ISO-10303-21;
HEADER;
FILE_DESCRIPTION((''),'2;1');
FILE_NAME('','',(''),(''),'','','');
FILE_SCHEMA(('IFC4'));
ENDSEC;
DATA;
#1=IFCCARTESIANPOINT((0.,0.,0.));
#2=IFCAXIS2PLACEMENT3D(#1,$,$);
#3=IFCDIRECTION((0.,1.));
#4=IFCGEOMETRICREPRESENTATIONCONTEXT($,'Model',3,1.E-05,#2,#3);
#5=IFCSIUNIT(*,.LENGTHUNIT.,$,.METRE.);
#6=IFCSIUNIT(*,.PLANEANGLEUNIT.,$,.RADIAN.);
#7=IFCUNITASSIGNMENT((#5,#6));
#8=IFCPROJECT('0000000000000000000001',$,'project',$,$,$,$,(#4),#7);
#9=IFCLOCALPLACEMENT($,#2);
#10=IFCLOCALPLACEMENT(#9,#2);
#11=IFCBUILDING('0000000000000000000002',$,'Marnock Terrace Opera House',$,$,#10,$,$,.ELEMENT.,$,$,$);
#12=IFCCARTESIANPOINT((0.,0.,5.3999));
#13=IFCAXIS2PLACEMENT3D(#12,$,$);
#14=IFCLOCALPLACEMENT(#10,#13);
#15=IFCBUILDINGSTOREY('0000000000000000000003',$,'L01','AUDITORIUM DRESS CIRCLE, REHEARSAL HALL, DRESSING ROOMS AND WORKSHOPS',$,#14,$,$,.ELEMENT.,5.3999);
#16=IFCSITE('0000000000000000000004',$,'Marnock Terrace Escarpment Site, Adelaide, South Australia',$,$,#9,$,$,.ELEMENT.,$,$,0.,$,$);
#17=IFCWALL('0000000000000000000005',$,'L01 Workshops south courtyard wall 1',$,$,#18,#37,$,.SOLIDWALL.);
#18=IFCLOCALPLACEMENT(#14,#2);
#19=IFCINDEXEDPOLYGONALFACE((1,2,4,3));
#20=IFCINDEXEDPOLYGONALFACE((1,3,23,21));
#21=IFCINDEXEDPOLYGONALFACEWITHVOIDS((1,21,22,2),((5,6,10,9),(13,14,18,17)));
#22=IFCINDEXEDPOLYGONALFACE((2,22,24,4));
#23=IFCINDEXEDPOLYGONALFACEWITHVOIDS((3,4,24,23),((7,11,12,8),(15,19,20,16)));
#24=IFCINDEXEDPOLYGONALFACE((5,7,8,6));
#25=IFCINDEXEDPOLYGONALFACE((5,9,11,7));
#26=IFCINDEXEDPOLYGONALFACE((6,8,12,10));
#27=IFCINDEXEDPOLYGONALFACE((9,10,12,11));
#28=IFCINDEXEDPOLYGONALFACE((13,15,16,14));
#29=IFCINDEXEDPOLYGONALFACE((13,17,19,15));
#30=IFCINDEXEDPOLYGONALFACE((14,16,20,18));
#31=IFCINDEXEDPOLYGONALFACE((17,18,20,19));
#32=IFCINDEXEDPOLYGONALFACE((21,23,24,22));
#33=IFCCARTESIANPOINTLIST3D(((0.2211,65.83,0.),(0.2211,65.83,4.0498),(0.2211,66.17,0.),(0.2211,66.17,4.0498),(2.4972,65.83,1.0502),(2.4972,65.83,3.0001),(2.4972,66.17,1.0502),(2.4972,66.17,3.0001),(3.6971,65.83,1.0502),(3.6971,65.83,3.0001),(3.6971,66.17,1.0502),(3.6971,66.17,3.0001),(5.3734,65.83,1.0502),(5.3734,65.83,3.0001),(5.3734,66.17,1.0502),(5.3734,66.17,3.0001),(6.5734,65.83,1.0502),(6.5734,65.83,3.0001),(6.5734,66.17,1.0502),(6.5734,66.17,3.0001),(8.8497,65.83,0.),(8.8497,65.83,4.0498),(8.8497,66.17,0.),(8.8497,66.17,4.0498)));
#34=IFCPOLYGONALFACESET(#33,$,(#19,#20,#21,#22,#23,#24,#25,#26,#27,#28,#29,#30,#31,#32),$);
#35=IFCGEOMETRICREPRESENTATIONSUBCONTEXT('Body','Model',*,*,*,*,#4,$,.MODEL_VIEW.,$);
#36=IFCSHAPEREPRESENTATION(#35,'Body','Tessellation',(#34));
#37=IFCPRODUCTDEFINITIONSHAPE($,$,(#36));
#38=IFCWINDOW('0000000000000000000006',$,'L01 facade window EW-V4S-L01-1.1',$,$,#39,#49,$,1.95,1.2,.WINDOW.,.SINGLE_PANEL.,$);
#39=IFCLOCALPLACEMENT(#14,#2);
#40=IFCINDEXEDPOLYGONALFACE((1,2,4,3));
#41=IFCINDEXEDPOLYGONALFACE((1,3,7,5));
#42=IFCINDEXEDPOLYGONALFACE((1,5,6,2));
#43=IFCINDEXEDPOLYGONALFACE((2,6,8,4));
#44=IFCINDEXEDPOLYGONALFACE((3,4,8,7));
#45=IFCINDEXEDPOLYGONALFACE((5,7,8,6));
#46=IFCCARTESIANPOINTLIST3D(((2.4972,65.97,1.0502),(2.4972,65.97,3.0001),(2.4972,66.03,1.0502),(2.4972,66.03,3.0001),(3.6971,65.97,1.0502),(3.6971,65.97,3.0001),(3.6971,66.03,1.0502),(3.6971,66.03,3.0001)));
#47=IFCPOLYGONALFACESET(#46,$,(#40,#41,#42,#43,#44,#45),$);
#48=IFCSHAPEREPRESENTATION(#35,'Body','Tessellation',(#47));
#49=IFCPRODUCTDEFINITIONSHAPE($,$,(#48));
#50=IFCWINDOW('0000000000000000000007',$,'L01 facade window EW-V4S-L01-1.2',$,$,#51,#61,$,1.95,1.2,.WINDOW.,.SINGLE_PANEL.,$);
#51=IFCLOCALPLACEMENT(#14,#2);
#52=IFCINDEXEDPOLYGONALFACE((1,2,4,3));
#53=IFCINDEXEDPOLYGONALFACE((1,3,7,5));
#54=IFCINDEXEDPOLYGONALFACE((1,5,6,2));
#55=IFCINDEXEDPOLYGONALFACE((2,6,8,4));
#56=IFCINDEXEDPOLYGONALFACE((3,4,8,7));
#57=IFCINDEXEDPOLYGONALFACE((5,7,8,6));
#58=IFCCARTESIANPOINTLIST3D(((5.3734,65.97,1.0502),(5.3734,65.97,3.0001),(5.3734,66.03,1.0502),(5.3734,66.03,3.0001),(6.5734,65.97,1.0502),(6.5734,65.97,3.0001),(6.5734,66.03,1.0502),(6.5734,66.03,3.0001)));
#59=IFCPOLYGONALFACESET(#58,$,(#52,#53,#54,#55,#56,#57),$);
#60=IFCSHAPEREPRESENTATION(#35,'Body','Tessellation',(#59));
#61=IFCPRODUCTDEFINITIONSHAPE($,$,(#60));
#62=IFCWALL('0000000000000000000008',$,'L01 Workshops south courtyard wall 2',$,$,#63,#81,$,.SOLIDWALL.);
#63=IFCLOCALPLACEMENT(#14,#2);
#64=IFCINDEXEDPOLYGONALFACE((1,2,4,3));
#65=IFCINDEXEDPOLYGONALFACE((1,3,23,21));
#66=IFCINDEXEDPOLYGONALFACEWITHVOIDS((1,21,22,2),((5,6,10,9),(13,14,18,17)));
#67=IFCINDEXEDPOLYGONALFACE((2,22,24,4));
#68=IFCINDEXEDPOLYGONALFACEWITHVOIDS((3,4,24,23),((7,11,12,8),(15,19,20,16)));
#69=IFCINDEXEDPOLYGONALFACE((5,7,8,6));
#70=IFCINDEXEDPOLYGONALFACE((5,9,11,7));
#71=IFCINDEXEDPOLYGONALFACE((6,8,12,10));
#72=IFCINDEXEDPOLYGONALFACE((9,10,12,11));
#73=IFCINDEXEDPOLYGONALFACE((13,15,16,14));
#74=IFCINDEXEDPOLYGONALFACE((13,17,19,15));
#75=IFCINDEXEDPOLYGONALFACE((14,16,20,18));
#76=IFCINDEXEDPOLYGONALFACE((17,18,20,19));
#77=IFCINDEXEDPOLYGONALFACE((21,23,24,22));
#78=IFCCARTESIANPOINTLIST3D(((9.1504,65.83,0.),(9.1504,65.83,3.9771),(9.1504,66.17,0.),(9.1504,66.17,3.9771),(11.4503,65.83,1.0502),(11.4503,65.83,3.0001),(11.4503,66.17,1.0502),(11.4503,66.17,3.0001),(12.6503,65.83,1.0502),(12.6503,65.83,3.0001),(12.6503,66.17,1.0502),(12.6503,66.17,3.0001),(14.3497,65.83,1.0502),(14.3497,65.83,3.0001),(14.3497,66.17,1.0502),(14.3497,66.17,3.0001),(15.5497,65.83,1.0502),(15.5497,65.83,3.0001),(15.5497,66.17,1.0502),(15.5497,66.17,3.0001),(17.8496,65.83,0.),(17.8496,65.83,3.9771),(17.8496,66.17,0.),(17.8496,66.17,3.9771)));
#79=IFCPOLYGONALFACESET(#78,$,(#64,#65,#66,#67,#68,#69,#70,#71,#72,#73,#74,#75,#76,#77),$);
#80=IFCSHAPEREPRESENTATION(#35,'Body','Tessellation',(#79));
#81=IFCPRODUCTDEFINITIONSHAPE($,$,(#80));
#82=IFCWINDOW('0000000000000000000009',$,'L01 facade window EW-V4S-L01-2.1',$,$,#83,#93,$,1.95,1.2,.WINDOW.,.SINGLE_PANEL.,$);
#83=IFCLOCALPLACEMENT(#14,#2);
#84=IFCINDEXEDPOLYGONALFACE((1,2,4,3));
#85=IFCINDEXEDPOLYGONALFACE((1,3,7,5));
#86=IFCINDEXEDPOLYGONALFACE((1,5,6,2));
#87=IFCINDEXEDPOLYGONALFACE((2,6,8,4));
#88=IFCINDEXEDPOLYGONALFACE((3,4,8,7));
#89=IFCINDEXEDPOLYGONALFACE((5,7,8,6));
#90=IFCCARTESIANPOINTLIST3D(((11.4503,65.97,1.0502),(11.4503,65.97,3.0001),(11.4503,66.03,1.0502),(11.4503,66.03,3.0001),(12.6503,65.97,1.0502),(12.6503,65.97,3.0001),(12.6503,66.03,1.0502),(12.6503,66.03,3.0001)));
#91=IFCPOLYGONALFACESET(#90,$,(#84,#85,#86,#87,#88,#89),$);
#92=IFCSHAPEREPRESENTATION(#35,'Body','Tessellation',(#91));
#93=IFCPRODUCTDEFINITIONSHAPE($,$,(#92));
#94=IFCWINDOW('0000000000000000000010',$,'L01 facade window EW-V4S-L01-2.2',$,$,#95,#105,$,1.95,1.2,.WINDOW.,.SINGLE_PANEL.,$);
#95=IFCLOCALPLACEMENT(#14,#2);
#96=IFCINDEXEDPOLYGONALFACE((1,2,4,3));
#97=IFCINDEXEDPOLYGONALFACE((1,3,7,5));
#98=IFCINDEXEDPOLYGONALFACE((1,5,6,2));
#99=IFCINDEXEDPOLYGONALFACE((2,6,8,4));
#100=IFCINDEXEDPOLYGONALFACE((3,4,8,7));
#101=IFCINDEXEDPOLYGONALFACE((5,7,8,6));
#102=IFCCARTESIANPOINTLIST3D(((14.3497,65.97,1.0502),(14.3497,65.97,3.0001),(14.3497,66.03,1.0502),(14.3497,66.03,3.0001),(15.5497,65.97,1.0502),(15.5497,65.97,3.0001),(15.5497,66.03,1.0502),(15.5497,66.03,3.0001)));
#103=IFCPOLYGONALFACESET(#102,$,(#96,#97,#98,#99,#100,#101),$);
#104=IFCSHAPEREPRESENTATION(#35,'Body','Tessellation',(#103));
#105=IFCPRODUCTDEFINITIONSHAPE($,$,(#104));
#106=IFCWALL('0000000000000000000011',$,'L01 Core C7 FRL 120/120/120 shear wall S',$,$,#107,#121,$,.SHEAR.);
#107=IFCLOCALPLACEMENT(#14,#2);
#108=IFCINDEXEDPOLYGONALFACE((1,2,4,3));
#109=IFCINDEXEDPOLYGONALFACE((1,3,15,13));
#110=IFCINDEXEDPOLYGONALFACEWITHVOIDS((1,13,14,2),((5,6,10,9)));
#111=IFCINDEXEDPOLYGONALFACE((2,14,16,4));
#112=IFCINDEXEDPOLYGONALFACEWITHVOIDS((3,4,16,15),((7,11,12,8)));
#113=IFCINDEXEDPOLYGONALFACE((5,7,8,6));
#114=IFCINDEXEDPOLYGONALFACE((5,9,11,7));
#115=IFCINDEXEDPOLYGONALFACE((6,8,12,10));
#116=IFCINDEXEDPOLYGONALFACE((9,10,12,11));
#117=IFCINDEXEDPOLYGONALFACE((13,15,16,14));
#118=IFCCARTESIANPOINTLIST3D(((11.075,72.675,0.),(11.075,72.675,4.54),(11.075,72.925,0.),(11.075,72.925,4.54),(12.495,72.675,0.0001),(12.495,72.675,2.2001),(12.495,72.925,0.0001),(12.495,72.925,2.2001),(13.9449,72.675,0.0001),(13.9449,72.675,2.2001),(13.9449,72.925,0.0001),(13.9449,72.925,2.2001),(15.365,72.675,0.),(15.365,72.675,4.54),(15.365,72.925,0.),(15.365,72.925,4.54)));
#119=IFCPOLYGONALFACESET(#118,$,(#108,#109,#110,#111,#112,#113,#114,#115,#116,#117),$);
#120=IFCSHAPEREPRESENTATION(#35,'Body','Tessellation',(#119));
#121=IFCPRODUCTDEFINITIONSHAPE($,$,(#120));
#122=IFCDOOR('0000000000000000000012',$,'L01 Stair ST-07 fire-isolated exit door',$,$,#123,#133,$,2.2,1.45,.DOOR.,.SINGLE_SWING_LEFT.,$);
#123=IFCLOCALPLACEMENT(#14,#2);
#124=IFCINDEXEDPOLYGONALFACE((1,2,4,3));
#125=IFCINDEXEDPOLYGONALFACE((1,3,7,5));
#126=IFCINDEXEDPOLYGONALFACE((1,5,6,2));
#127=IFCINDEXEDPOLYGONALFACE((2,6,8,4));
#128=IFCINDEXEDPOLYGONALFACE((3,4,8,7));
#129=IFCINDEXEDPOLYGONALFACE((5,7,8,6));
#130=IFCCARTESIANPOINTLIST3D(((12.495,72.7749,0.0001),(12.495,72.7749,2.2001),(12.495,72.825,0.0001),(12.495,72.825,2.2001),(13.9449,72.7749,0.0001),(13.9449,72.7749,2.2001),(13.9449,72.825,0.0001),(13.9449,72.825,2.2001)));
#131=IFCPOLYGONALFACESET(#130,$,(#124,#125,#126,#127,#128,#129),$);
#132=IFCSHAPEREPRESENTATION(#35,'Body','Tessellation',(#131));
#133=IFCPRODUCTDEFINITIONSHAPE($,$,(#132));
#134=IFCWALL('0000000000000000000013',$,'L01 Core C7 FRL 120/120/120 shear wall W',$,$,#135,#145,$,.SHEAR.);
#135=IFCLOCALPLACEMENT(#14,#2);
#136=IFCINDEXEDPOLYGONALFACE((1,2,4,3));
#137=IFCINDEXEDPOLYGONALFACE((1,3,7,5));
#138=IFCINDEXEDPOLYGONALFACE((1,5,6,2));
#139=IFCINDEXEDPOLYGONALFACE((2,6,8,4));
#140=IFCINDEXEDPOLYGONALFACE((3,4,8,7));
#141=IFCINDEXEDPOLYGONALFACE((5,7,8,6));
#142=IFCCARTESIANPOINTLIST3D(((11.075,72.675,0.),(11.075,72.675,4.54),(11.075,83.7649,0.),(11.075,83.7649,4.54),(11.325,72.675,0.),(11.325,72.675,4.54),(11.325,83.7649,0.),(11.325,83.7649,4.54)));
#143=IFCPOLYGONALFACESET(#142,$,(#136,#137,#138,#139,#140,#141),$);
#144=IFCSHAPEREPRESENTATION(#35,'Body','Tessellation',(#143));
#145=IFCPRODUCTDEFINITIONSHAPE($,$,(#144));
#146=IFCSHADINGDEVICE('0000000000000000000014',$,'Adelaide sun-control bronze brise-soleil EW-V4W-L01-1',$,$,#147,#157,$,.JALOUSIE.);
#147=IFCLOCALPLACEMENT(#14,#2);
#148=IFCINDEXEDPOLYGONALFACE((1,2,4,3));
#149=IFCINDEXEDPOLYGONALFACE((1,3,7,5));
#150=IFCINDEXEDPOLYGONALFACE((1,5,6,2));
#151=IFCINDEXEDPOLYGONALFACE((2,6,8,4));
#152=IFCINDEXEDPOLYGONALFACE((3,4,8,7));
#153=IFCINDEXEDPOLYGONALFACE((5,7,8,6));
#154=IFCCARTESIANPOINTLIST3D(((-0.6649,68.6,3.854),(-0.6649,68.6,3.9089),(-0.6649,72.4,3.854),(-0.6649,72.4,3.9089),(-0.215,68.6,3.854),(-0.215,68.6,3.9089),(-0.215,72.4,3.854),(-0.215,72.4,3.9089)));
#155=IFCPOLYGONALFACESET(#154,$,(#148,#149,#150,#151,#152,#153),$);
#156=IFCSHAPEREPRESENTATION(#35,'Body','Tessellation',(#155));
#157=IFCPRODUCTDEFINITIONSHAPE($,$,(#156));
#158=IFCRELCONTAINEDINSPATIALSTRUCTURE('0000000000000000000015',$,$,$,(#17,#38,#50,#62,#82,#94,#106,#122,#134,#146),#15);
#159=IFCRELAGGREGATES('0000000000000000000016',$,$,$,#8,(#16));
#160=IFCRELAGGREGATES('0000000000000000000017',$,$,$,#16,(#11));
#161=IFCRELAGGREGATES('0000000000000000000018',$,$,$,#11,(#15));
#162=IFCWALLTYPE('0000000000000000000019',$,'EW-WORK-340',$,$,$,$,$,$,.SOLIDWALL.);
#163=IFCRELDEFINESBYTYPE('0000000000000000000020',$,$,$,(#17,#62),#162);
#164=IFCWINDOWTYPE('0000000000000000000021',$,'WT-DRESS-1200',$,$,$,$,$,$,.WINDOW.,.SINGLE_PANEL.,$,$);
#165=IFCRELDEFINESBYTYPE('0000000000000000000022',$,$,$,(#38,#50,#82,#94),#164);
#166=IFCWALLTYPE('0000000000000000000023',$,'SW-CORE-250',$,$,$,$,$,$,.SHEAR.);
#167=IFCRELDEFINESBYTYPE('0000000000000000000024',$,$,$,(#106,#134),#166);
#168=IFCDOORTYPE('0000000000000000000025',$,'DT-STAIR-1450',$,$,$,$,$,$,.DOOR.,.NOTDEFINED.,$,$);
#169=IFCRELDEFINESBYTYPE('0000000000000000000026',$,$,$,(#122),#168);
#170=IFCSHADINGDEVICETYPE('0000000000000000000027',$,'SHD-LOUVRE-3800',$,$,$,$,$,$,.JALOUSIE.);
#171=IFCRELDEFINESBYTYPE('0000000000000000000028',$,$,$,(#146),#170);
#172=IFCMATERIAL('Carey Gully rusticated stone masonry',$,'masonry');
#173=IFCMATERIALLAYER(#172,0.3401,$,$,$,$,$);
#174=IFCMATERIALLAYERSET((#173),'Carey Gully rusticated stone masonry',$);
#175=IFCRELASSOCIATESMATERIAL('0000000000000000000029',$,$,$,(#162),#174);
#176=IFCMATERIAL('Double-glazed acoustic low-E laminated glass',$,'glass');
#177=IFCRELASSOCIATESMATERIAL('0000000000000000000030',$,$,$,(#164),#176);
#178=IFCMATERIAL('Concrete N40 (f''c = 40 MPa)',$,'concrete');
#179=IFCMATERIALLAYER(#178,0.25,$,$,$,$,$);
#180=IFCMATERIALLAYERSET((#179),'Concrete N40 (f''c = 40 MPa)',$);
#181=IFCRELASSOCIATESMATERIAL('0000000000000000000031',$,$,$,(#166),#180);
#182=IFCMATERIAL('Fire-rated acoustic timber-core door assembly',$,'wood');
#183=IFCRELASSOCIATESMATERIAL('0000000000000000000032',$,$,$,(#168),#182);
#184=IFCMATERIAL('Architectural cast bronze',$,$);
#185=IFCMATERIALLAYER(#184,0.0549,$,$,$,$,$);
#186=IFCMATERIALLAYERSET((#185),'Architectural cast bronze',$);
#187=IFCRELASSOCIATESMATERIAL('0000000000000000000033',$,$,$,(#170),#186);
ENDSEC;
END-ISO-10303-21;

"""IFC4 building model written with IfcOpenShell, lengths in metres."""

from ifc_helpers import new_model, si_unit, direction, frame, frame_2d, origin, origin_2d, place, context, subcontext, project, spatial, rectangle, extrude, material, layer, layer_set, type_object, element, fill, save


model = new_model("IFC4")

# Units and contexts
model_context = context("Model", 3, precision=1e-05, world=origin(), true_north=direction((0.0, 1.0)))
body_context = subcontext(model_context, "Body", "Model", "MODEL_VIEW")
ifc_project = project(units=[si_unit("LENGTHUNIT", "METRE"), si_unit("PLANEANGLEUNIT", "RADIAN")], contexts=[model_context])

# Site, building, storey
site_placement = place(None, origin())
site = spatial("IfcSite", under=ifc_project, at=site_placement, Name="Marnock Terrace Escarpment Site, Adelaide, South Australia", CompositionType="ELEMENT", RefElevation=0.0)
building_placement = place(site_placement, origin())
building = spatial("IfcBuilding", under=site, at=building_placement, Name="Marnock Terrace Opera House", CompositionType="ELEMENT")
storey_placement = place(building_placement, frame((0.0, 0.0, 5.3999)))
storey = spatial("IfcBuildingStorey", under=building, at=storey_placement, Name="L01", Description="AUDITORIUM DRESS CIRCLE, REHEARSAL HALL, DRESSING ROOMS AND WORKSHOPS", CompositionType="ELEMENT", Elevation=5.3999)

# Shared definitions
ifc_material_1 = material(Name="Concrete N40 (f'c = 40 MPa)", Category="concrete")

# Shared definitions
ifc_material_2 = material(Name="Carey Gully rusticated stone masonry", Category="masonry")
ifc_layer_1 = layer(ifc_material_2, 0.3401)
ifc_layer_set_1 = layer_set([ifc_layer_1], Name="Carey Gully rusticated stone masonry")
wall_type_1 = type_object("IfcWallType", Name="EW-WORK-340", PredefinedType="SOLIDWALL", material=ifc_layer_set_1)
ifc_material_3 = material(Name="Double-glazed acoustic low-E laminated glass", Category="glass")

# Walls, openings, windows
wall_1_placement = place(storey_placement, frame((0.2209, 66.0, 0.0), z_axis=(0.0, 0.0, 1.0), x_axis=(1.0, 0.0, 0.0)))
wall_1 = element("IfcWall", 1, at=wall_1_placement, inside=storey, type_object=wall_type_1, Name="L01 Workshops south courtyard wall 1", PredefinedType="SOLIDWALL", context=body_context, shape_type="SweptSolid", body=[
    extrude(rectangle(XDim=8.6287, YDim=0.3401, at=frame_2d((4.3145, 0.0))), origin(), (0.0, 0.0, 1.0), 4.0498),
])
opening_1_placement = place(wall_1_placement, frame((2.2761, 0.0, 1.05)))
opening_1 = element("IfcOpeningElement", 2, at=opening_1_placement, cuts=wall_1, PredefinedType="OPENING", context=body_context, shape_type="SweptSolid", body=[
    extrude(rectangle(XDim=1.2, YDim=1.95, at=frame_2d((0.6001, 0.9751))), frame((0.0, 0.1799, 0.0), z_axis=(0.0, -1.0, 0.0), x_axis=(1.0, 0.0, 0.0)), (0.0, 0.0, 1.0), 0.3601),
])
opening_2_placement = place(wall_1_placement, frame((5.1523, 0.0, 1.05)))
opening_2 = element("IfcOpeningElement", 3, at=opening_2_placement, cuts=wall_1, PredefinedType="OPENING", context=body_context, shape_type="SweptSolid", body=[
    extrude(rectangle(XDim=1.2, YDim=1.95, at=frame_2d((0.6001, 0.9751))), frame((0.0, 0.1799, 0.0), z_axis=(0.0, -1.0, 0.0), x_axis=(1.0, 0.0, 0.0)), (0.0, 0.0, 1.0), 0.3601),
])
window_type_1 = type_object("IfcWindowType", Name="WT-DRESS-1200", PartitioningType="SINGLE_PANEL", PredefinedType="WINDOW", material=ifc_material_3)
window_1_placement = place(opening_1_placement, origin())
window_1 = element("IfcWindow", 4, at=window_1_placement, inside=storey, type_object=window_type_1, Name="L01 facade window EW-V4S-L01-1.1", OverallHeight=1.95, OverallWidth=1.2, PartitioningType="SINGLE_PANEL", PredefinedType="WINDOW", context=body_context, shape_type="SweptSolid", body=[
    extrude(rectangle(XDim=1.2, YDim=1.95, at=frame_2d((0.6001, 0.9751))), frame((0.0, 0.03, 0.0), z_axis=(0.0, -1.0, 0.0), x_axis=(1.0, 0.0, 0.0)), (0.0, 0.0, 1.0), 0.0601),
])
fill(opening_1, window_1)
window_2_placement = place(opening_2_placement, origin())
window_2 = element("IfcWindow", 5, at=window_2_placement, inside=storey, type_object=window_type_1, Name="L01 facade window EW-V4S-L01-1.2", OverallHeight=1.95, OverallWidth=1.2, PartitioningType="SINGLE_PANEL", PredefinedType="WINDOW", context=body_context, shape_type="SweptSolid", body=[
    extrude(rectangle(XDim=1.2, YDim=1.95, at=frame_2d((0.6001, 0.9751))), frame((0.0, 0.03, 0.0), z_axis=(0.0, -1.0, 0.0), x_axis=(1.0, 0.0, 0.0)), (0.0, 0.0, 1.0), 0.0601),
])
fill(opening_2, window_2)
wall_2_placement = place(storey_placement, frame((9.1504, 66.0, 0.0), z_axis=(0.0, 0.0, 1.0), x_axis=(1.0, 0.0, 0.0)))
wall_2 = element("IfcWall", 6, at=wall_2_placement, inside=storey, type_object=wall_type_1, Name="L01 Workshops south courtyard wall 2", PredefinedType="SOLIDWALL", context=body_context, shape_type="SweptSolid", body=[
    extrude(rectangle(XDim=8.6992, YDim=0.3401, at=frame_2d((4.3496, 0.0))), origin(), (0.0, 0.0, 1.0), 3.9771),
])
opening_3_placement = place(wall_2_placement, frame((2.2998, 0.0, 1.05)))
opening_3 = element("IfcOpeningElement", 7, at=opening_3_placement, cuts=wall_2, PredefinedType="OPENING", context=body_context, shape_type="SweptSolid", body=[
    extrude(rectangle(XDim=1.2, YDim=1.95, at=frame_2d((0.6001, 0.9751))), frame((0.0, 0.1799, 0.0), z_axis=(0.0, -1.0, 0.0), x_axis=(1.0, 0.0, 0.0)), (0.0, 0.0, 1.0), 0.3601),
])
opening_4_placement = place(wall_2_placement, frame((5.1992, 0.0, 1.05)))
opening_4 = element("IfcOpeningElement", 8, at=opening_4_placement, cuts=wall_2, PredefinedType="OPENING", context=body_context, shape_type="SweptSolid", body=[
    extrude(rectangle(XDim=1.2, YDim=1.95, at=frame_2d((0.6001, 0.9751))), frame((0.0, 0.1799, 0.0), z_axis=(0.0, -1.0, 0.0), x_axis=(1.0, 0.0, 0.0)), (0.0, 0.0, 1.0), 0.3601),
])
window_3_placement = place(opening_3_placement, origin())
window_3 = element("IfcWindow", 9, at=window_3_placement, inside=storey, type_object=window_type_1, Name="L01 facade window EW-V4S-L01-2.1", OverallHeight=1.95, OverallWidth=1.2, PartitioningType="SINGLE_PANEL", PredefinedType="WINDOW", context=body_context, shape_type="SweptSolid", body=[
    extrude(rectangle(XDim=1.2, YDim=1.95, at=frame_2d((0.6001, 0.9751))), frame((0.0, 0.03, 0.0), z_axis=(0.0, -1.0, 0.0), x_axis=(1.0, 0.0, 0.0)), (0.0, 0.0, 1.0), 0.0601),
])
fill(opening_3, window_3)
window_4_placement = place(opening_4_placement, origin())
window_4 = element("IfcWindow", 10, at=window_4_placement, inside=storey, type_object=window_type_1, Name="L01 facade window EW-V4S-L01-2.2", OverallHeight=1.95, OverallWidth=1.2, PartitioningType="SINGLE_PANEL", PredefinedType="WINDOW", context=body_context, shape_type="SweptSolid", body=[
    extrude(rectangle(XDim=1.2, YDim=1.95, at=frame_2d((0.6001, 0.9751))), frame((0.0, 0.03, 0.0), z_axis=(0.0, -1.0, 0.0), x_axis=(1.0, 0.0, 0.0)), (0.0, 0.0, 1.0), 0.0601),
])
fill(opening_4, window_4)

# Wall, opening, door
ifc_layer_2 = layer(ifc_material_1, 0.25)
ifc_layer_set_2 = layer_set([ifc_layer_2], Name="Concrete N40 (f'c = 40 MPa)")
wall_type_2 = type_object("IfcWallType", Name="SW-CORE-250", PredefinedType="SHEAR", material=ifc_layer_set_2)
wall_3_placement = place(storey_placement, frame((11.075, 72.8, 0.0), z_axis=(0.0, 0.0, 1.0), x_axis=(1.0, 0.0, 0.0)))
wall_3 = element("IfcWall", 11, at=wall_3_placement, inside=storey, type_object=wall_type_2, Name="L01 Core C7 FRL 120/120/120 shear wall S", PredefinedType="SHEAR", context=body_context, shape_type="SweptSolid", body=[
    extrude(rectangle(XDim=4.29, YDim=0.25, at=frame_2d((2.145, 0.0))), origin(), (0.0, 0.0, 1.0), 4.54),
])
opening_5_placement = place(wall_3_placement, frame((1.4199, 0.0, 0.0)))
opening_5 = element("IfcOpeningElement", 12, at=opening_5_placement, cuts=wall_3, PredefinedType="OPENING", context=body_context, shape_type="SweptSolid", body=[
    extrude(rectangle(XDim=1.45, YDim=2.2, at=frame_2d((0.7251, 1.1001))), frame((0.0, 0.135, 0.0), z_axis=(0.0, -1.0, 0.0), x_axis=(1.0, 0.0, 0.0)), (0.0, 0.0, 1.0), 0.27),
])
ifc_material_4 = material(Name="Fire-rated acoustic timber-core door assembly", Category="wood")
door_type = type_object("IfcDoorType", Name="DT-STAIR-1450", OperationType="NOTDEFINED", PredefinedType="DOOR", material=ifc_material_4)
door_placement = place(opening_5_placement, origin())
door = element("IfcDoor", 13, at=door_placement, inside=storey, type_object=door_type, Name="L01 Stair ST-07 fire-isolated exit door", OperationType="SINGLE_SWING_LEFT", OverallHeight=2.2, OverallWidth=1.45, PredefinedType="DOOR", context=body_context, shape_type="SweptSolid", body=[
    extrude(rectangle(XDim=1.45, YDim=2.2, at=frame_2d((0.7251, 1.1001))), frame((0.0, 0.0249, 0.0), z_axis=(0.0, -1.0, 0.0), x_axis=(1.0, 0.0, 0.0)), (0.0, 0.0, 1.0), 0.05),
])
fill(opening_5, door)

# Wall
wall_4_placement = place(storey_placement, frame((11.2, 72.675, 0.0), z_axis=(0.0, 0.0, 1.0), x_axis=(0.0, 1.0, 0.0)))
element("IfcWall", 14, at=wall_4_placement, inside=storey, type_object=wall_type_2, Name="L01 Core C7 FRL 120/120/120 shear wall W", PredefinedType="SHEAR", context=body_context, shape_type="SweptSolid", body=[
    extrude(rectangle(XDim=11.0898, YDim=0.25, at=frame_2d((5.5449, 0.0))), origin(), (0.0, 0.0, 1.0), 4.54),
])

# Shading device
ifc_material_5 = material(Name="Architectural cast bronze")
ifc_layer_3 = layer(ifc_material_5, 0.0549)
ifc_layer_set_3 = layer_set([ifc_layer_3], Name="Architectural cast bronze")
shading_device_type = type_object("IfcShadingDeviceType", Name="SHD-LOUVRE-3800", PredefinedType="JALOUSIE", material=ifc_layer_set_3)
shading_device_placement = place(storey_placement, frame((-0.4399, 70.5, 3.854), z_axis=(0.0, 0.0, 1.0), x_axis=(0.0, 1.0, 0.0)))
element("IfcShadingDevice", 15, at=shading_device_placement, inside=storey, type_object=shading_device_type, Name="Adelaide sun-control bronze brise-soleil EW-V4W-L01-1", PredefinedType="JALOUSIE", context=body_context, shape_type="SweptSolid", body=[
    extrude(rectangle(XDim=3.8, YDim=0.45, at=origin_2d()), origin(), (0.0, 0.0, 1.0), 0.0549),
])

save(model, "model.ifc")
